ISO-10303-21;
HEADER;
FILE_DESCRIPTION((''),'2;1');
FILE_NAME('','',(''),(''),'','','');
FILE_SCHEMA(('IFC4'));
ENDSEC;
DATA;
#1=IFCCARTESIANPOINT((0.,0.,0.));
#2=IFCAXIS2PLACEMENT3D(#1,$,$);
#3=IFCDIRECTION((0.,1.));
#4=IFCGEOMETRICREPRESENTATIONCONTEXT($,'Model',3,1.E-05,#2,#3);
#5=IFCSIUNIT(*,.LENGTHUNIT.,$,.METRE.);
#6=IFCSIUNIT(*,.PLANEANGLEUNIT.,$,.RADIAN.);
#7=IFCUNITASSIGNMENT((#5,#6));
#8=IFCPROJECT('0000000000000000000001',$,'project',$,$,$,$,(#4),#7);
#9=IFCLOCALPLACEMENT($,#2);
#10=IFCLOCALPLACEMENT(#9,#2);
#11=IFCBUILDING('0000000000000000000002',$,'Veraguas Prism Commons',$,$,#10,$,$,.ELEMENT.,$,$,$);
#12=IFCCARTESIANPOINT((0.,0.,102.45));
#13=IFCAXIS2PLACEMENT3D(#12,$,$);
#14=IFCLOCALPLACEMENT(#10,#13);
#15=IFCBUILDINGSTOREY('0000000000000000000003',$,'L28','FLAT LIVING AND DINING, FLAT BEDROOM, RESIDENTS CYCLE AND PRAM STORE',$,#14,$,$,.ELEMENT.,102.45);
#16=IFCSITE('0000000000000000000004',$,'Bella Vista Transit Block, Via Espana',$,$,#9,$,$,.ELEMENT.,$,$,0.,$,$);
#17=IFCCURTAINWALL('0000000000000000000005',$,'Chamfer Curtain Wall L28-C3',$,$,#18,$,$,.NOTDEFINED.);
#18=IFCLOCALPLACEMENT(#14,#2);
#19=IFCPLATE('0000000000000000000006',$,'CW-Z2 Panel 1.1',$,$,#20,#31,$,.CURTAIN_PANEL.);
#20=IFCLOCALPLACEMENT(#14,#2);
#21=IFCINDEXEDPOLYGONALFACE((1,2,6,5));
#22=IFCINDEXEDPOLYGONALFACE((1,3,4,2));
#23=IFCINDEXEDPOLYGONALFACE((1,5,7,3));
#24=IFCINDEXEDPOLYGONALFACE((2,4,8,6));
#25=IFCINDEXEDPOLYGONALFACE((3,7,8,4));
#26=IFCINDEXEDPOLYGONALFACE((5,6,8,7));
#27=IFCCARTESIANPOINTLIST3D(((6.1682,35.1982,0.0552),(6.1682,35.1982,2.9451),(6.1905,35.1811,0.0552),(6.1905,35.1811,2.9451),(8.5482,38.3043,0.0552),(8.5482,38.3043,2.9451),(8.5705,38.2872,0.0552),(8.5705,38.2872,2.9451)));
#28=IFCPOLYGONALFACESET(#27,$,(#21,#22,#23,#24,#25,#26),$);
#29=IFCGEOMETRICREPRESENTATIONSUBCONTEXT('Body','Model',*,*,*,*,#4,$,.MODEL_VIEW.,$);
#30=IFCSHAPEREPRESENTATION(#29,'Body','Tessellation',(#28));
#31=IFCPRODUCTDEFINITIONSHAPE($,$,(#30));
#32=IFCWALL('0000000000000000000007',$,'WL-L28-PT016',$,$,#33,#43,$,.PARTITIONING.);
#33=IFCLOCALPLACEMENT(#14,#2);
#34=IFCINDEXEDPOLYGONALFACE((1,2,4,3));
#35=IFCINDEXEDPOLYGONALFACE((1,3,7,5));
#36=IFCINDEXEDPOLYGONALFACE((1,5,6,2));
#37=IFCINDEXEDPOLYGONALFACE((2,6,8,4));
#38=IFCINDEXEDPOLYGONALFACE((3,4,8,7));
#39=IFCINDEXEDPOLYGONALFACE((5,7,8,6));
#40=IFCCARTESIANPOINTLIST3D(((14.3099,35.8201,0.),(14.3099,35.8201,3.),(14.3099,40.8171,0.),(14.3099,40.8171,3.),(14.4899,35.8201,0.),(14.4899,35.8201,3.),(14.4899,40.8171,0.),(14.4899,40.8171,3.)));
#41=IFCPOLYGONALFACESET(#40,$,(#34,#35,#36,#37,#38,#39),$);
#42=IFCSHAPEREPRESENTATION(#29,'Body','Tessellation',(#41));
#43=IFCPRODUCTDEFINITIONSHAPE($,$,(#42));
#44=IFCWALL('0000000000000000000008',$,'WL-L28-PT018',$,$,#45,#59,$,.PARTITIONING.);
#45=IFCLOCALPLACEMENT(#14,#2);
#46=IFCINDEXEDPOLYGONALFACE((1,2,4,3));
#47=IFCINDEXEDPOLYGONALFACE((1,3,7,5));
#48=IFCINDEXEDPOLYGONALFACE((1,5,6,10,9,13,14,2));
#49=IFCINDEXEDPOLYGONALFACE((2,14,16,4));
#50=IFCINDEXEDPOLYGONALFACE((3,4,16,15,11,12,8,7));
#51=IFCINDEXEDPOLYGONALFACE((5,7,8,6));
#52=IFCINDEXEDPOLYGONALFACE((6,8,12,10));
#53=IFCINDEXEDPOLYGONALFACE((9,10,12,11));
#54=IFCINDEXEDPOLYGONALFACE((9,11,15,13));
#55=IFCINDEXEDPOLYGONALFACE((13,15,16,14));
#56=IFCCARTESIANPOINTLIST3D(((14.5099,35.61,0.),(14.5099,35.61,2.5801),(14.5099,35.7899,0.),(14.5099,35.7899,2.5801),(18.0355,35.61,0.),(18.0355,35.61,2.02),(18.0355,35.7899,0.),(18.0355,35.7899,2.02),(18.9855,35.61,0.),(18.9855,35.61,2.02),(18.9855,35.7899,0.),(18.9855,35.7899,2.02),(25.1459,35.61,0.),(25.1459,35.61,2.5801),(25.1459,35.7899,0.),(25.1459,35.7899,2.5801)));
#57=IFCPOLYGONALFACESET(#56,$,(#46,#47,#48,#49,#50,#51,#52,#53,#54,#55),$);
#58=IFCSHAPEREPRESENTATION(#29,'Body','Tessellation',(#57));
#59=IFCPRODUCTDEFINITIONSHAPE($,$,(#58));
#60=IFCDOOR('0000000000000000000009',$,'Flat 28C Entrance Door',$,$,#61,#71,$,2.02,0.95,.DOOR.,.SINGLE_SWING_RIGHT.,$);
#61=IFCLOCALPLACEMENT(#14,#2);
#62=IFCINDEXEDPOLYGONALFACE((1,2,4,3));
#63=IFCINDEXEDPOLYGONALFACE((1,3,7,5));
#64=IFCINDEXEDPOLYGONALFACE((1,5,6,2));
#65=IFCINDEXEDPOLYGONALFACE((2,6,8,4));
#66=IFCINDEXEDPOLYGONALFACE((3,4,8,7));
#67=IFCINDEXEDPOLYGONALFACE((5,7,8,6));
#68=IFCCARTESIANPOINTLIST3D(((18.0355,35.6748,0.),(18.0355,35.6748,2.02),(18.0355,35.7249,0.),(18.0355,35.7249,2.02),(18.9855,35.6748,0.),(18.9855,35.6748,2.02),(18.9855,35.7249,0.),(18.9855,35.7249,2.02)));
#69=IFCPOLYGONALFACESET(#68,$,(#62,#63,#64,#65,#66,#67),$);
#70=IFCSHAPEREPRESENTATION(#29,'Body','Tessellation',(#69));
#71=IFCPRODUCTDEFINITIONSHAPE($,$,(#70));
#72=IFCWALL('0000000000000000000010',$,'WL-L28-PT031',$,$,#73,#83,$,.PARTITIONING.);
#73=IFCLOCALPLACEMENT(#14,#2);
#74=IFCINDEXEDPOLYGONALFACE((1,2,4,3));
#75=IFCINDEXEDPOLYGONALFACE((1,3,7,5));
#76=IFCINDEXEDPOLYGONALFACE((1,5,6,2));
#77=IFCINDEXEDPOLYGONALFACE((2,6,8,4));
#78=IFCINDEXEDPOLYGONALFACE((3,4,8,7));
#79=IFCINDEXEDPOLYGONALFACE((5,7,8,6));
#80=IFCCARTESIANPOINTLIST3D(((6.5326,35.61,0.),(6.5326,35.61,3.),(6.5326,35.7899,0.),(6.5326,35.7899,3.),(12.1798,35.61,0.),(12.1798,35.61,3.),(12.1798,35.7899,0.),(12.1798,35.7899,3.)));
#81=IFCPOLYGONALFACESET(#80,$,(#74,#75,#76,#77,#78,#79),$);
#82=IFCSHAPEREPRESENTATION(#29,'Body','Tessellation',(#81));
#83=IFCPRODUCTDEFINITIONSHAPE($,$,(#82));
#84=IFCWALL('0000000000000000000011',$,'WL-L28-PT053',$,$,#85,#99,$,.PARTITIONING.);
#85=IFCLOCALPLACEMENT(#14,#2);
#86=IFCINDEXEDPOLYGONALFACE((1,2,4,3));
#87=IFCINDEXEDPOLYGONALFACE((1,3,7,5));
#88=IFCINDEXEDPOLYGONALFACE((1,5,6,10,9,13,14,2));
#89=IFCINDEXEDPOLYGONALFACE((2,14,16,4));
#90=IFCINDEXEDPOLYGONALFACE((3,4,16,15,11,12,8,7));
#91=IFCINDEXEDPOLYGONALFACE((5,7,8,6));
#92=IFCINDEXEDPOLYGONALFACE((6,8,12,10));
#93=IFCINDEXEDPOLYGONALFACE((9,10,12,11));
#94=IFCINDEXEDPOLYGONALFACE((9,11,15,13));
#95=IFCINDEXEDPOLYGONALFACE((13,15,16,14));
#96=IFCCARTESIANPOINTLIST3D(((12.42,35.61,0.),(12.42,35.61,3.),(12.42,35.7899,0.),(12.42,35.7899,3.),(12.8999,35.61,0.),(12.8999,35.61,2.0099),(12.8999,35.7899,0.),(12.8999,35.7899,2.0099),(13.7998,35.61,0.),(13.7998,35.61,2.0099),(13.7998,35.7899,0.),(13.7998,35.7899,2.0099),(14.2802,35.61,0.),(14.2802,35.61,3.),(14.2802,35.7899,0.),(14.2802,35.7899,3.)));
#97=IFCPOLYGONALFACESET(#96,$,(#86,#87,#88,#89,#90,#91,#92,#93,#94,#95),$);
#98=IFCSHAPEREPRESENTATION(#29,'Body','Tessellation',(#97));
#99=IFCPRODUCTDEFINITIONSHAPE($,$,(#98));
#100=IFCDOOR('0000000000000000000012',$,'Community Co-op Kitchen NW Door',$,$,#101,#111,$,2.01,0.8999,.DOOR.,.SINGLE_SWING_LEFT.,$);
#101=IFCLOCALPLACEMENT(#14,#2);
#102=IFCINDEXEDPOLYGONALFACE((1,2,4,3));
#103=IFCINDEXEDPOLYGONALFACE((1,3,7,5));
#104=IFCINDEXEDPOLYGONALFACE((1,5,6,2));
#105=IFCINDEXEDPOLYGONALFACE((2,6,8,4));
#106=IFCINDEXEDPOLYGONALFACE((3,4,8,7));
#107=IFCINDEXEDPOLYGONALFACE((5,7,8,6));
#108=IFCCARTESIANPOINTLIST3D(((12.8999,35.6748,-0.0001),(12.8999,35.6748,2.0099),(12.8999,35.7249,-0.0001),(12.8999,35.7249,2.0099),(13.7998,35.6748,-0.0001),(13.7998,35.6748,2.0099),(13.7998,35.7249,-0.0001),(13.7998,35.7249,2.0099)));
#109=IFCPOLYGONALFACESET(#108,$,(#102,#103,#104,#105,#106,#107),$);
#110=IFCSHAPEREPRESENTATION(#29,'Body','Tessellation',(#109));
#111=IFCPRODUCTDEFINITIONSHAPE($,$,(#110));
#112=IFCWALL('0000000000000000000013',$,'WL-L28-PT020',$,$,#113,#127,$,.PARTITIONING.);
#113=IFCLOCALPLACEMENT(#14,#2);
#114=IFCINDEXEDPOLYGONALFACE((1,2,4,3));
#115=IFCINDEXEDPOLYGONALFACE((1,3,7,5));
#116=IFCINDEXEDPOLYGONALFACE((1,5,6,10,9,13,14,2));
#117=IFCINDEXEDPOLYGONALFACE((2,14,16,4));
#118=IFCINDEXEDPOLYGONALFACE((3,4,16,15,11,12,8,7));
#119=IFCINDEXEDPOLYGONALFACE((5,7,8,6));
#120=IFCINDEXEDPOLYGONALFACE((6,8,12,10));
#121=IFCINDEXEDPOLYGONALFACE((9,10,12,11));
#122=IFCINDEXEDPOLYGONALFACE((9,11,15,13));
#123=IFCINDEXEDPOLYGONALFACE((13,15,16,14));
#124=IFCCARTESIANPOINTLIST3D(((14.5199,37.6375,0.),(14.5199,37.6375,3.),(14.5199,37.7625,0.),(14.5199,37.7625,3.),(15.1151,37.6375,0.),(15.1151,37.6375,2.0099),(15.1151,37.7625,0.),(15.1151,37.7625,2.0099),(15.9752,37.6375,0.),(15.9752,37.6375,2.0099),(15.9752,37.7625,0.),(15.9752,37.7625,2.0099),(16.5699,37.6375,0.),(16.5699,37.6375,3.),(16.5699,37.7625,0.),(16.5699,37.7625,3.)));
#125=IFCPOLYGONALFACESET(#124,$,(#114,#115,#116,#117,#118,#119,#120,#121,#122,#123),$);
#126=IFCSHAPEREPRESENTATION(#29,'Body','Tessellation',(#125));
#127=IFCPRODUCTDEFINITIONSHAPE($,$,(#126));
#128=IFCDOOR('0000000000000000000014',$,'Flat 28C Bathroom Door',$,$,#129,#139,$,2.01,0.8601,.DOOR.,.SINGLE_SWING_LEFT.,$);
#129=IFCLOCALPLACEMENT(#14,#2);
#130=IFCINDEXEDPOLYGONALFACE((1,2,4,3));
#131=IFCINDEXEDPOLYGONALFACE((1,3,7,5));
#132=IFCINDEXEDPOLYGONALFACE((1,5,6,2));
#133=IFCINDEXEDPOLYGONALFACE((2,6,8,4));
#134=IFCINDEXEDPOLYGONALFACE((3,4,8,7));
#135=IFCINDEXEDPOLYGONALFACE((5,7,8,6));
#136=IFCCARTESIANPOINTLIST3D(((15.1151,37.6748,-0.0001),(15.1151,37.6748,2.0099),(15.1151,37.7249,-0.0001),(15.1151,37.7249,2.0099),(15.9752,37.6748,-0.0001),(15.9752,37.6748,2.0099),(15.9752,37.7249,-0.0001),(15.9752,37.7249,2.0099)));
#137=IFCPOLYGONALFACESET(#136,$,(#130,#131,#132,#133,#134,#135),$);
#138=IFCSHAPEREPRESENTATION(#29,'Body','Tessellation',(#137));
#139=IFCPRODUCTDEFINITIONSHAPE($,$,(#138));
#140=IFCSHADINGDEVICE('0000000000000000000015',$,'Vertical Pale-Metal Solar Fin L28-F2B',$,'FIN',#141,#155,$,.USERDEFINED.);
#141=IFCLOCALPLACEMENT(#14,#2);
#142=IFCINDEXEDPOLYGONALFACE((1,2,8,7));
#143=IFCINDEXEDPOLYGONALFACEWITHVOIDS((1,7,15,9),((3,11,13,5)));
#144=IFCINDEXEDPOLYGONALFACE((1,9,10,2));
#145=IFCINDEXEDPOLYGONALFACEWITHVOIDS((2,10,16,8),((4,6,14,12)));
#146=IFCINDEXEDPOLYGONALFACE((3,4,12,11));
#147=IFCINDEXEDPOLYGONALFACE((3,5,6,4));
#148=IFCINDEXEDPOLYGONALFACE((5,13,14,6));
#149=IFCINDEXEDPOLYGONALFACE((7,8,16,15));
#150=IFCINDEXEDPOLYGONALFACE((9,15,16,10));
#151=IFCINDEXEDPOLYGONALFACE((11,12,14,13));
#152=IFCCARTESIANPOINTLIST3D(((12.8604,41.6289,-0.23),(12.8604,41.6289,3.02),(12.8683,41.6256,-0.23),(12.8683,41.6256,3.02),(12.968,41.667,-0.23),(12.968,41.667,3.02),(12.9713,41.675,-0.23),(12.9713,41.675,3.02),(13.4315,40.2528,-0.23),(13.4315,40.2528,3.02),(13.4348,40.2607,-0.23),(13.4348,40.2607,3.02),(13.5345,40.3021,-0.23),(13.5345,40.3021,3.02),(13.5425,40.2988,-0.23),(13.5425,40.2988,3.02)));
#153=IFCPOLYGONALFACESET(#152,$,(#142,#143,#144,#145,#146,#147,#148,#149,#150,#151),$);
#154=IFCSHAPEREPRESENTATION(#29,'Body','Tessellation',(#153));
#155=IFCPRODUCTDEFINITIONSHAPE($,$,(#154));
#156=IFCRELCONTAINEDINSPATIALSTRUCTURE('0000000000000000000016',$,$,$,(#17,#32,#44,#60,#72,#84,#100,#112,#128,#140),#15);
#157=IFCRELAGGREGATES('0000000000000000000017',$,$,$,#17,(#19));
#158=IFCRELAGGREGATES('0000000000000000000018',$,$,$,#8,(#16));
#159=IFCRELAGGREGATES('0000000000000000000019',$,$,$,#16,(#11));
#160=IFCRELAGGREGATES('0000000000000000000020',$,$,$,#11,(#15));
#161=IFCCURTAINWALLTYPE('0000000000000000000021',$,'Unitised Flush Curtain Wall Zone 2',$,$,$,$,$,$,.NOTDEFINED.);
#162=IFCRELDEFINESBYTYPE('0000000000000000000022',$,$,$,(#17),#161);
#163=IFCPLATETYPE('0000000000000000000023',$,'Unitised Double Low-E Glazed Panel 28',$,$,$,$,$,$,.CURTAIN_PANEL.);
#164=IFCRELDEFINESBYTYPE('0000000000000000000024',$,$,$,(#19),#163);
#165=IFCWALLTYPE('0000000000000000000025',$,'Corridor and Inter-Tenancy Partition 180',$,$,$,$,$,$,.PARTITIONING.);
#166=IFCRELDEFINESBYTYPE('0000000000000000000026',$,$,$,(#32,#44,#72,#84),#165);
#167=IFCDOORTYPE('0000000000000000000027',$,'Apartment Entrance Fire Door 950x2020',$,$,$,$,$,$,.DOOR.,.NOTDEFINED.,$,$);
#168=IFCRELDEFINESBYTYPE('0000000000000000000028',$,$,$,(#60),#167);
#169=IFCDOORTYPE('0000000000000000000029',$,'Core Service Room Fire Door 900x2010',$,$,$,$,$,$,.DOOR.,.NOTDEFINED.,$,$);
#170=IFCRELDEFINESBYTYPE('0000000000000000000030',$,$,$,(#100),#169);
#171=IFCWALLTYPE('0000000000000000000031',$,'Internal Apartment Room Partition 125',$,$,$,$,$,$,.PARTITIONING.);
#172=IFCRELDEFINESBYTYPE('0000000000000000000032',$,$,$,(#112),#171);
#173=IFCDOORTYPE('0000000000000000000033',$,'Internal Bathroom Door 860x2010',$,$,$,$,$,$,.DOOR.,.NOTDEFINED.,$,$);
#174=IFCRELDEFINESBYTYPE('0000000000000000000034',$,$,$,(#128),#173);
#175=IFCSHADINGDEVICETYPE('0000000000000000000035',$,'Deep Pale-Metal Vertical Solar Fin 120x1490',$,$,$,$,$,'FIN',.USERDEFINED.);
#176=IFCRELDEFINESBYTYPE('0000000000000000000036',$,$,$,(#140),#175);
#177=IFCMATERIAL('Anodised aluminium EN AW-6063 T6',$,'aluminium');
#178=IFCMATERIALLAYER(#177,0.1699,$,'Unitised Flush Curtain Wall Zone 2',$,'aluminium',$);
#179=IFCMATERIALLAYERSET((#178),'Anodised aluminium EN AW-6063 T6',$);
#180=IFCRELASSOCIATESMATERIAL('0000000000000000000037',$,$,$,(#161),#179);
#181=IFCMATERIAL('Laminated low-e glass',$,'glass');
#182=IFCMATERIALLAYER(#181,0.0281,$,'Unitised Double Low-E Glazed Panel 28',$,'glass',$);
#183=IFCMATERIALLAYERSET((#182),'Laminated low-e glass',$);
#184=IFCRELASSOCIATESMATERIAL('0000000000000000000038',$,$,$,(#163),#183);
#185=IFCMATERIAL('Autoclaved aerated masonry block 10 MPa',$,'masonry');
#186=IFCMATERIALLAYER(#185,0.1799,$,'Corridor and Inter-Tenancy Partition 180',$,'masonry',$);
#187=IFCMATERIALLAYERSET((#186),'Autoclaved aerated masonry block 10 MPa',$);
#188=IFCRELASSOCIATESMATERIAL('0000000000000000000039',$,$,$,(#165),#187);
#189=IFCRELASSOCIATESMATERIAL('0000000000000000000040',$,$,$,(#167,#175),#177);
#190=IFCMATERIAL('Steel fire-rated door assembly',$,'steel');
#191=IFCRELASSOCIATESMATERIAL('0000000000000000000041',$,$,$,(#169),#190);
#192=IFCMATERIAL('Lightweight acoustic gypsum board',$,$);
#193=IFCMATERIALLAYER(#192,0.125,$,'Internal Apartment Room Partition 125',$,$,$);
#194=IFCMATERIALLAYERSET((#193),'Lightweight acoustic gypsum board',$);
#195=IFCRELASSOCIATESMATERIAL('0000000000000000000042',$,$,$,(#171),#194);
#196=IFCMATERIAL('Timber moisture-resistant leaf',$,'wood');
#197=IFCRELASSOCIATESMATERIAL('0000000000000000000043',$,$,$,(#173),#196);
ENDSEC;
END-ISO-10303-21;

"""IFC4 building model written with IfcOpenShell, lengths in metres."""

from ifc_helpers import new_model, si_unit, direction, frame, frame_2d, origin, origin_2d, place, context, subcontext, project, spatial, rectangle, hollow_rectangle, extrude, source, transform, mapped, material, layer, layer_set, material_profile, profile_set, type_object, element, fill, aggregate, save


model = new_model("IFC4")

# Units and contexts
model_context = context("Model", 3, precision=1e-05, world=origin(), true_north=direction((0.0, 1.0)))
body_context = subcontext(model_context, "Body", "Model", "MODEL_VIEW")
ifc_project = project(units=[si_unit("LENGTHUNIT", "METRE"), si_unit("PLANEANGLEUNIT", "RADIAN")], contexts=[model_context])

# Site, building, storey
site_placement = place(None, origin())
site = spatial("IfcSite", under=ifc_project, at=site_placement, Name="Bella Vista Transit Block, Via Espana", CompositionType="ELEMENT", RefElevation=0.0)
building_placement = place(site_placement, origin())
building = spatial("IfcBuilding", under=site, at=building_placement, Name="Veraguas Prism Commons", CompositionType="ELEMENT")
storey_placement = place(building_placement, frame((0.0, 0.0, 102.45)))
storey = spatial("IfcBuildingStorey", under=building, at=storey_placement, Name="L28", Description="FLAT LIVING AND DINING, FLAT BEDROOM, RESIDENTS CYCLE AND PRAM STORE", CompositionType="ELEMENT", Elevation=102.45)

# Shared definitions
ifc_material_1 = material(Name="Anodised aluminium EN AW-6063 T6", Category="aluminium")
ifc_layer_1 = layer(ifc_material_1, 0.1699, Name="Unitised Flush Curtain Wall Zone 2", Category="aluminium")
ifc_layer_set_1 = layer_set([ifc_layer_1], Name="Anodised aluminium EN AW-6063 T6")
curtain_wall_type = type_object("IfcCurtainWallType", Name="Unitised Flush Curtain Wall Zone 2", PredefinedType="NOTDEFINED", material=ifc_layer_set_1)

# Curtain wall
curtain_wall_1_placement = place(storey_placement, origin())
curtain_wall_1 = element("IfcCurtainWall", 1, at=curtain_wall_1_placement, inside=storey, type_object=curtain_wall_type, Name="Chamfer Curtain Wall L28-C3", PredefinedType="NOTDEFINED")

# Plate
ifc_material_2 = material(Name="Laminated low-e glass", Category="glass")
ifc_layer_2 = layer(ifc_material_2, 0.0281, Name="Unitised Double Low-E Glazed Panel 28", Category="glass")
ifc_layer_set_2 = layer_set([ifc_layer_2], Name="Laminated low-e glass")
plate_type = type_object("IfcPlateType", Name="Unitised Double Low-E Glazed Panel 28", PredefinedType="CURTAIN_PANEL", material=ifc_layer_set_2)
shared_shape_1 = source(origin(), body_context, "Body", "SweptSolid", [
    extrude(rectangle(XDim=3.9131, YDim=0.0281, at=origin_2d()), origin(), (0.0, 0.0, 1.0), 2.8899),
])
plate_1_placement = place(storey_placement, frame((7.3694, 36.7427, 0.0552), z_axis=(0.0, 0.0, 1.0), x_axis=(-0.608212, -0.793775, 0.0)))
plate_1 = element("IfcPlate", 2, at=plate_1_placement, type_object=plate_type, Name="CW-Z2 Panel 1.1", PredefinedType="CURTAIN_PANEL", context=body_context, shape_type="MappedRepresentation", body=[
    mapped(shared_shape_1, transform((0.0, 0.0, 0.0), scale=1.0)),
])
aggregate(curtain_wall_1, [plate_1])

# Wall
ifc_material_3 = material(Name="Autoclaved aerated masonry block 10 MPa", Category="masonry")
ifc_layer_3 = layer(ifc_material_3, 0.1799, Name="Corridor and Inter-Tenancy Partition 180", Category="masonry")
ifc_layer_set_3 = layer_set([ifc_layer_3], Name="Autoclaved aerated masonry block 10 MPa")
wall_type_1 = type_object("IfcWallType", Name="Corridor and Inter-Tenancy Partition 180", PredefinedType="PARTITIONING", material=ifc_layer_set_3)
wall_1_placement = place(storey_placement, frame((14.3999, 35.8201, 0.0), z_axis=(0.0, 0.0, 1.0), x_axis=(0.0, 1.0, 0.0)))
element("IfcWall", 3, at=wall_1_placement, inside=storey, type_object=wall_type_1, Name="WL-L28-PT016", PredefinedType="PARTITIONING", context=body_context, shape_type="SweptSolid", body=[
    extrude(rectangle(XDim=4.9971, YDim=0.1799, at=frame_2d((2.4985, 0.0))), origin(), (0.0, 0.0, 1.0), 3.0),
])

# Wall, opening, door
wall_2_placement = place(storey_placement, frame((14.51, 35.7, 0.0), z_axis=(0.0, 0.0, 1.0), x_axis=(1.0, 0.0, 0.0)))
wall_2 = element("IfcWall", 4, at=wall_2_placement, inside=storey, type_object=wall_type_1, Name="WL-L28-PT018", PredefinedType="PARTITIONING", context=body_context, shape_type="SweptSolid", body=[
    extrude(rectangle(XDim=10.636, YDim=0.1799, at=frame_2d((5.3179, 0.0))), origin(), (0.0, 0.0, 1.0), 2.5801),
])
opening_1_placement = place(wall_2_placement, frame((3.5254, 0.0, 0.0)))
opening_1 = element("IfcOpeningElement", 5, at=opening_1_placement, cuts=wall_2, PredefinedType="OPENING", context=body_context, shape_type="SweptSolid", body=[
    extrude(rectangle(XDim=0.95, YDim=2.02, at=frame_2d((0.4751, 1.01))), frame((0.0, 0.0999, 0.0), z_axis=(0.0, -1.0, 0.0), x_axis=(1.0, 0.0, 0.0)), (0.0, 0.0, 1.0), 0.2),
])
door_type_1 = type_object("IfcDoorType", Name="Apartment Entrance Fire Door 950x2020", OperationType="NOTDEFINED", PredefinedType="DOOR", material=ifc_material_1)
shared_shape_2 = source(origin(), body_context, "Body", "SweptSolid", [
    extrude(rectangle(XDim=0.95, YDim=2.02, at=frame_2d((0.4751, 1.01))), frame((0.0, 0.0249, 0.0), z_axis=(0.0, -1.0, 0.0), x_axis=(1.0, 0.0, 0.0)), (0.0, 0.0, 1.0), 0.05),
])
door_1_placement = place(opening_1_placement, origin())
door_1 = element("IfcDoor", 6, at=door_1_placement, inside=storey, type_object=door_type_1, Name="Flat 28C Entrance Door", OperationType="SINGLE_SWING_RIGHT", OverallHeight=2.02, OverallWidth=0.95, PredefinedType="DOOR", context=body_context, shape_type="MappedRepresentation", body=[
    mapped(shared_shape_2, transform((0.0, 0.0, 0.0), scale=1.0)),
])
fill(opening_1, door_1)

# Wall
wall_3_placement = place(storey_placement, frame((12.1799, 35.7, 0.0), z_axis=(0.0, 0.0, 1.0), x_axis=(-1.0, 0.0, 0.0)))
element("IfcWall", 7, at=wall_3_placement, inside=storey, type_object=wall_type_1, Name="WL-L28-PT031", PredefinedType="PARTITIONING", context=body_context, shape_type="SweptSolid", body=[
    extrude(rectangle(XDim=5.6472, YDim=0.1799, at=frame_2d((2.8237, 0.0))), origin(), (0.0, 0.0, 1.0), 3.0),
])

# Walls, openings, doors
wall_4_placement = place(storey_placement, frame((12.4199, 35.7, 0.0), z_axis=(0.0, 0.0, 1.0), x_axis=(1.0, 0.0, 0.0)))
wall_4 = element("IfcWall", 8, at=wall_4_placement, inside=storey, type_object=wall_type_1, Name="WL-L28-PT053", PredefinedType="PARTITIONING", context=body_context, shape_type="SweptSolid", body=[
    extrude(rectangle(XDim=1.8601, YDim=0.1799, at=frame_2d((0.9302, 0.0))), origin(), (0.0, 0.0, 1.0), 3.0),
])
opening_2_placement = place(wall_4_placement, frame((0.48, 0.0, 0.0)))
opening_2 = element("IfcOpeningElement", 9, at=opening_2_placement, cuts=wall_4, PredefinedType="OPENING", context=body_context, shape_type="SweptSolid", body=[
    extrude(rectangle(XDim=0.8999, YDim=2.01, at=frame_2d((0.45, 1.0049))), frame((0.0, 0.0999, 0.0), z_axis=(0.0, -1.0, 0.0), x_axis=(1.0, 0.0, 0.0)), (0.0, 0.0, 1.0), 0.2),
])
ifc_material_4 = material(Name="Steel fire-rated door assembly", Category="steel")
door_type_2 = type_object("IfcDoorType", Name="Core Service Room Fire Door 900x2010", OperationType="NOTDEFINED", PredefinedType="DOOR", material=ifc_material_4)
shared_shape_3 = source(origin(), body_context, "Body", "SweptSolid", [
    extrude(rectangle(XDim=0.8999, YDim=2.01, at=frame_2d((0.45, 1.0049))), frame((0.0, 0.0249, 0.0), z_axis=(0.0, -1.0, 0.0), x_axis=(1.0, 0.0, 0.0)), (0.0, 0.0, 1.0), 0.05),
])
door_2_placement = place(opening_2_placement, origin())
door_2 = element("IfcDoor", 10, at=door_2_placement, inside=storey, type_object=door_type_2, Name="Community Co-op Kitchen NW Door", OperationType="SINGLE_SWING_LEFT", OverallHeight=2.01, OverallWidth=0.8999, PredefinedType="DOOR", context=body_context, shape_type="MappedRepresentation", body=[
    mapped(shared_shape_3, transform((0.0, 0.0, 0.0), scale=1.0)),
])
fill(opening_2, door_2)
ifc_material_5 = material(Name="Lightweight acoustic gypsum board")
ifc_layer_4 = layer(ifc_material_5, 0.125, Name="Internal Apartment Room Partition 125")
ifc_layer_set_4 = layer_set([ifc_layer_4], Name="Lightweight acoustic gypsum board")
wall_type_2 = type_object("IfcWallType", Name="Internal Apartment Room Partition 125", PredefinedType="PARTITIONING", material=ifc_layer_set_4)
wall_5_placement = place(storey_placement, frame((14.52, 37.7, 0.0), z_axis=(0.0, 0.0, 1.0), x_axis=(1.0, 0.0, 0.0)))
wall_5 = element("IfcWall", 11, at=wall_5_placement, inside=storey, type_object=wall_type_2, Name="WL-L28-PT020", PredefinedType="PARTITIONING", context=body_context, shape_type="SweptSolid", body=[
    extrude(rectangle(XDim=2.05, YDim=0.125, at=frame_2d((1.0249, 0.0))), origin(), (0.0, 0.0, 1.0), 3.0),
])
opening_3_placement = place(wall_5_placement, frame((0.595, 0.0, 0.0)))
opening_3 = element("IfcOpeningElement", 12, at=opening_3_placement, cuts=wall_5, PredefinedType="OPENING", context=body_context, shape_type="SweptSolid", body=[
    extrude(rectangle(XDim=0.8601, YDim=2.01, at=frame_2d((0.4302, 1.0049))), frame((0.0, 0.0725, 0.0), z_axis=(0.0, -1.0, 0.0), x_axis=(1.0, 0.0, 0.0)), (0.0, 0.0, 1.0), 0.145),
])
ifc_material_6 = material(Name="Timber moisture-resistant leaf", Category="wood")
door_type_3 = type_object("IfcDoorType", Name="Internal Bathroom Door 860x2010", OperationType="NOTDEFINED", PredefinedType="DOOR", material=ifc_material_6)
shared_shape_4 = source(origin(), body_context, "Body", "SweptSolid", [
    extrude(rectangle(XDim=0.8601, YDim=2.01, at=frame_2d((0.4302, 1.0049))), frame((0.0, 0.0249, 0.0), z_axis=(0.0, -1.0, 0.0), x_axis=(1.0, 0.0, 0.0)), (0.0, 0.0, 1.0), 0.05),
])
door_3_placement = place(opening_3_placement, origin())
door_3 = element("IfcDoor", 13, at=door_3_placement, inside=storey, type_object=door_type_3, Name="Flat 28C Bathroom Door", OperationType="SINGLE_SWING_LEFT", OverallHeight=2.01, OverallWidth=0.8601, PredefinedType="DOOR", context=body_context, shape_type="MappedRepresentation", body=[
    mapped(shared_shape_4, transform((0.0, 0.0, 0.0), scale=1.0)),
])
fill(opening_3, door_3)

# Shading device
ifc_material_profile_1 = material_profile(ifc_material_1, hollow_rectangle(XDim=0.1201, YDim=1.49, WallThickness=0.0061, at=origin_2d()), Name="FIN120X1490X6")
ifc_profile_set_1 = profile_set([ifc_material_profile_1], Name="Anodised aluminium EN AW-6063 T6")
shading_device_type = type_object("IfcShadingDeviceType", Name="Deep Pale-Metal Vertical Solar Fin 120x1490", ElementType="FIN", PredefinedType="USERDEFINED", material=ifc_profile_set_1)
shading_device_placement = place(storey_placement, frame((13.2014, 40.9639, -0.23), z_axis=(0.0, 0.0, 1.0), x_axis=(-0.923611, -0.383332, 0.0)))
element("IfcShadingDevice", 14, at=shading_device_placement, inside=storey, type_object=shading_device_type, Name="Vertical Pale-Metal Solar Fin L28-F2B", ObjectType="FIN", PredefinedType="USERDEFINED", context=body_context, shape_type="SweptSolid", body=[
    extrude(hollow_rectangle(XDim=0.1201, YDim=1.49, WallThickness=0.0061, at=origin_2d()), origin(), (0.0, 0.0, 1.0), 3.25),
])

save(model, "model.ifc")
